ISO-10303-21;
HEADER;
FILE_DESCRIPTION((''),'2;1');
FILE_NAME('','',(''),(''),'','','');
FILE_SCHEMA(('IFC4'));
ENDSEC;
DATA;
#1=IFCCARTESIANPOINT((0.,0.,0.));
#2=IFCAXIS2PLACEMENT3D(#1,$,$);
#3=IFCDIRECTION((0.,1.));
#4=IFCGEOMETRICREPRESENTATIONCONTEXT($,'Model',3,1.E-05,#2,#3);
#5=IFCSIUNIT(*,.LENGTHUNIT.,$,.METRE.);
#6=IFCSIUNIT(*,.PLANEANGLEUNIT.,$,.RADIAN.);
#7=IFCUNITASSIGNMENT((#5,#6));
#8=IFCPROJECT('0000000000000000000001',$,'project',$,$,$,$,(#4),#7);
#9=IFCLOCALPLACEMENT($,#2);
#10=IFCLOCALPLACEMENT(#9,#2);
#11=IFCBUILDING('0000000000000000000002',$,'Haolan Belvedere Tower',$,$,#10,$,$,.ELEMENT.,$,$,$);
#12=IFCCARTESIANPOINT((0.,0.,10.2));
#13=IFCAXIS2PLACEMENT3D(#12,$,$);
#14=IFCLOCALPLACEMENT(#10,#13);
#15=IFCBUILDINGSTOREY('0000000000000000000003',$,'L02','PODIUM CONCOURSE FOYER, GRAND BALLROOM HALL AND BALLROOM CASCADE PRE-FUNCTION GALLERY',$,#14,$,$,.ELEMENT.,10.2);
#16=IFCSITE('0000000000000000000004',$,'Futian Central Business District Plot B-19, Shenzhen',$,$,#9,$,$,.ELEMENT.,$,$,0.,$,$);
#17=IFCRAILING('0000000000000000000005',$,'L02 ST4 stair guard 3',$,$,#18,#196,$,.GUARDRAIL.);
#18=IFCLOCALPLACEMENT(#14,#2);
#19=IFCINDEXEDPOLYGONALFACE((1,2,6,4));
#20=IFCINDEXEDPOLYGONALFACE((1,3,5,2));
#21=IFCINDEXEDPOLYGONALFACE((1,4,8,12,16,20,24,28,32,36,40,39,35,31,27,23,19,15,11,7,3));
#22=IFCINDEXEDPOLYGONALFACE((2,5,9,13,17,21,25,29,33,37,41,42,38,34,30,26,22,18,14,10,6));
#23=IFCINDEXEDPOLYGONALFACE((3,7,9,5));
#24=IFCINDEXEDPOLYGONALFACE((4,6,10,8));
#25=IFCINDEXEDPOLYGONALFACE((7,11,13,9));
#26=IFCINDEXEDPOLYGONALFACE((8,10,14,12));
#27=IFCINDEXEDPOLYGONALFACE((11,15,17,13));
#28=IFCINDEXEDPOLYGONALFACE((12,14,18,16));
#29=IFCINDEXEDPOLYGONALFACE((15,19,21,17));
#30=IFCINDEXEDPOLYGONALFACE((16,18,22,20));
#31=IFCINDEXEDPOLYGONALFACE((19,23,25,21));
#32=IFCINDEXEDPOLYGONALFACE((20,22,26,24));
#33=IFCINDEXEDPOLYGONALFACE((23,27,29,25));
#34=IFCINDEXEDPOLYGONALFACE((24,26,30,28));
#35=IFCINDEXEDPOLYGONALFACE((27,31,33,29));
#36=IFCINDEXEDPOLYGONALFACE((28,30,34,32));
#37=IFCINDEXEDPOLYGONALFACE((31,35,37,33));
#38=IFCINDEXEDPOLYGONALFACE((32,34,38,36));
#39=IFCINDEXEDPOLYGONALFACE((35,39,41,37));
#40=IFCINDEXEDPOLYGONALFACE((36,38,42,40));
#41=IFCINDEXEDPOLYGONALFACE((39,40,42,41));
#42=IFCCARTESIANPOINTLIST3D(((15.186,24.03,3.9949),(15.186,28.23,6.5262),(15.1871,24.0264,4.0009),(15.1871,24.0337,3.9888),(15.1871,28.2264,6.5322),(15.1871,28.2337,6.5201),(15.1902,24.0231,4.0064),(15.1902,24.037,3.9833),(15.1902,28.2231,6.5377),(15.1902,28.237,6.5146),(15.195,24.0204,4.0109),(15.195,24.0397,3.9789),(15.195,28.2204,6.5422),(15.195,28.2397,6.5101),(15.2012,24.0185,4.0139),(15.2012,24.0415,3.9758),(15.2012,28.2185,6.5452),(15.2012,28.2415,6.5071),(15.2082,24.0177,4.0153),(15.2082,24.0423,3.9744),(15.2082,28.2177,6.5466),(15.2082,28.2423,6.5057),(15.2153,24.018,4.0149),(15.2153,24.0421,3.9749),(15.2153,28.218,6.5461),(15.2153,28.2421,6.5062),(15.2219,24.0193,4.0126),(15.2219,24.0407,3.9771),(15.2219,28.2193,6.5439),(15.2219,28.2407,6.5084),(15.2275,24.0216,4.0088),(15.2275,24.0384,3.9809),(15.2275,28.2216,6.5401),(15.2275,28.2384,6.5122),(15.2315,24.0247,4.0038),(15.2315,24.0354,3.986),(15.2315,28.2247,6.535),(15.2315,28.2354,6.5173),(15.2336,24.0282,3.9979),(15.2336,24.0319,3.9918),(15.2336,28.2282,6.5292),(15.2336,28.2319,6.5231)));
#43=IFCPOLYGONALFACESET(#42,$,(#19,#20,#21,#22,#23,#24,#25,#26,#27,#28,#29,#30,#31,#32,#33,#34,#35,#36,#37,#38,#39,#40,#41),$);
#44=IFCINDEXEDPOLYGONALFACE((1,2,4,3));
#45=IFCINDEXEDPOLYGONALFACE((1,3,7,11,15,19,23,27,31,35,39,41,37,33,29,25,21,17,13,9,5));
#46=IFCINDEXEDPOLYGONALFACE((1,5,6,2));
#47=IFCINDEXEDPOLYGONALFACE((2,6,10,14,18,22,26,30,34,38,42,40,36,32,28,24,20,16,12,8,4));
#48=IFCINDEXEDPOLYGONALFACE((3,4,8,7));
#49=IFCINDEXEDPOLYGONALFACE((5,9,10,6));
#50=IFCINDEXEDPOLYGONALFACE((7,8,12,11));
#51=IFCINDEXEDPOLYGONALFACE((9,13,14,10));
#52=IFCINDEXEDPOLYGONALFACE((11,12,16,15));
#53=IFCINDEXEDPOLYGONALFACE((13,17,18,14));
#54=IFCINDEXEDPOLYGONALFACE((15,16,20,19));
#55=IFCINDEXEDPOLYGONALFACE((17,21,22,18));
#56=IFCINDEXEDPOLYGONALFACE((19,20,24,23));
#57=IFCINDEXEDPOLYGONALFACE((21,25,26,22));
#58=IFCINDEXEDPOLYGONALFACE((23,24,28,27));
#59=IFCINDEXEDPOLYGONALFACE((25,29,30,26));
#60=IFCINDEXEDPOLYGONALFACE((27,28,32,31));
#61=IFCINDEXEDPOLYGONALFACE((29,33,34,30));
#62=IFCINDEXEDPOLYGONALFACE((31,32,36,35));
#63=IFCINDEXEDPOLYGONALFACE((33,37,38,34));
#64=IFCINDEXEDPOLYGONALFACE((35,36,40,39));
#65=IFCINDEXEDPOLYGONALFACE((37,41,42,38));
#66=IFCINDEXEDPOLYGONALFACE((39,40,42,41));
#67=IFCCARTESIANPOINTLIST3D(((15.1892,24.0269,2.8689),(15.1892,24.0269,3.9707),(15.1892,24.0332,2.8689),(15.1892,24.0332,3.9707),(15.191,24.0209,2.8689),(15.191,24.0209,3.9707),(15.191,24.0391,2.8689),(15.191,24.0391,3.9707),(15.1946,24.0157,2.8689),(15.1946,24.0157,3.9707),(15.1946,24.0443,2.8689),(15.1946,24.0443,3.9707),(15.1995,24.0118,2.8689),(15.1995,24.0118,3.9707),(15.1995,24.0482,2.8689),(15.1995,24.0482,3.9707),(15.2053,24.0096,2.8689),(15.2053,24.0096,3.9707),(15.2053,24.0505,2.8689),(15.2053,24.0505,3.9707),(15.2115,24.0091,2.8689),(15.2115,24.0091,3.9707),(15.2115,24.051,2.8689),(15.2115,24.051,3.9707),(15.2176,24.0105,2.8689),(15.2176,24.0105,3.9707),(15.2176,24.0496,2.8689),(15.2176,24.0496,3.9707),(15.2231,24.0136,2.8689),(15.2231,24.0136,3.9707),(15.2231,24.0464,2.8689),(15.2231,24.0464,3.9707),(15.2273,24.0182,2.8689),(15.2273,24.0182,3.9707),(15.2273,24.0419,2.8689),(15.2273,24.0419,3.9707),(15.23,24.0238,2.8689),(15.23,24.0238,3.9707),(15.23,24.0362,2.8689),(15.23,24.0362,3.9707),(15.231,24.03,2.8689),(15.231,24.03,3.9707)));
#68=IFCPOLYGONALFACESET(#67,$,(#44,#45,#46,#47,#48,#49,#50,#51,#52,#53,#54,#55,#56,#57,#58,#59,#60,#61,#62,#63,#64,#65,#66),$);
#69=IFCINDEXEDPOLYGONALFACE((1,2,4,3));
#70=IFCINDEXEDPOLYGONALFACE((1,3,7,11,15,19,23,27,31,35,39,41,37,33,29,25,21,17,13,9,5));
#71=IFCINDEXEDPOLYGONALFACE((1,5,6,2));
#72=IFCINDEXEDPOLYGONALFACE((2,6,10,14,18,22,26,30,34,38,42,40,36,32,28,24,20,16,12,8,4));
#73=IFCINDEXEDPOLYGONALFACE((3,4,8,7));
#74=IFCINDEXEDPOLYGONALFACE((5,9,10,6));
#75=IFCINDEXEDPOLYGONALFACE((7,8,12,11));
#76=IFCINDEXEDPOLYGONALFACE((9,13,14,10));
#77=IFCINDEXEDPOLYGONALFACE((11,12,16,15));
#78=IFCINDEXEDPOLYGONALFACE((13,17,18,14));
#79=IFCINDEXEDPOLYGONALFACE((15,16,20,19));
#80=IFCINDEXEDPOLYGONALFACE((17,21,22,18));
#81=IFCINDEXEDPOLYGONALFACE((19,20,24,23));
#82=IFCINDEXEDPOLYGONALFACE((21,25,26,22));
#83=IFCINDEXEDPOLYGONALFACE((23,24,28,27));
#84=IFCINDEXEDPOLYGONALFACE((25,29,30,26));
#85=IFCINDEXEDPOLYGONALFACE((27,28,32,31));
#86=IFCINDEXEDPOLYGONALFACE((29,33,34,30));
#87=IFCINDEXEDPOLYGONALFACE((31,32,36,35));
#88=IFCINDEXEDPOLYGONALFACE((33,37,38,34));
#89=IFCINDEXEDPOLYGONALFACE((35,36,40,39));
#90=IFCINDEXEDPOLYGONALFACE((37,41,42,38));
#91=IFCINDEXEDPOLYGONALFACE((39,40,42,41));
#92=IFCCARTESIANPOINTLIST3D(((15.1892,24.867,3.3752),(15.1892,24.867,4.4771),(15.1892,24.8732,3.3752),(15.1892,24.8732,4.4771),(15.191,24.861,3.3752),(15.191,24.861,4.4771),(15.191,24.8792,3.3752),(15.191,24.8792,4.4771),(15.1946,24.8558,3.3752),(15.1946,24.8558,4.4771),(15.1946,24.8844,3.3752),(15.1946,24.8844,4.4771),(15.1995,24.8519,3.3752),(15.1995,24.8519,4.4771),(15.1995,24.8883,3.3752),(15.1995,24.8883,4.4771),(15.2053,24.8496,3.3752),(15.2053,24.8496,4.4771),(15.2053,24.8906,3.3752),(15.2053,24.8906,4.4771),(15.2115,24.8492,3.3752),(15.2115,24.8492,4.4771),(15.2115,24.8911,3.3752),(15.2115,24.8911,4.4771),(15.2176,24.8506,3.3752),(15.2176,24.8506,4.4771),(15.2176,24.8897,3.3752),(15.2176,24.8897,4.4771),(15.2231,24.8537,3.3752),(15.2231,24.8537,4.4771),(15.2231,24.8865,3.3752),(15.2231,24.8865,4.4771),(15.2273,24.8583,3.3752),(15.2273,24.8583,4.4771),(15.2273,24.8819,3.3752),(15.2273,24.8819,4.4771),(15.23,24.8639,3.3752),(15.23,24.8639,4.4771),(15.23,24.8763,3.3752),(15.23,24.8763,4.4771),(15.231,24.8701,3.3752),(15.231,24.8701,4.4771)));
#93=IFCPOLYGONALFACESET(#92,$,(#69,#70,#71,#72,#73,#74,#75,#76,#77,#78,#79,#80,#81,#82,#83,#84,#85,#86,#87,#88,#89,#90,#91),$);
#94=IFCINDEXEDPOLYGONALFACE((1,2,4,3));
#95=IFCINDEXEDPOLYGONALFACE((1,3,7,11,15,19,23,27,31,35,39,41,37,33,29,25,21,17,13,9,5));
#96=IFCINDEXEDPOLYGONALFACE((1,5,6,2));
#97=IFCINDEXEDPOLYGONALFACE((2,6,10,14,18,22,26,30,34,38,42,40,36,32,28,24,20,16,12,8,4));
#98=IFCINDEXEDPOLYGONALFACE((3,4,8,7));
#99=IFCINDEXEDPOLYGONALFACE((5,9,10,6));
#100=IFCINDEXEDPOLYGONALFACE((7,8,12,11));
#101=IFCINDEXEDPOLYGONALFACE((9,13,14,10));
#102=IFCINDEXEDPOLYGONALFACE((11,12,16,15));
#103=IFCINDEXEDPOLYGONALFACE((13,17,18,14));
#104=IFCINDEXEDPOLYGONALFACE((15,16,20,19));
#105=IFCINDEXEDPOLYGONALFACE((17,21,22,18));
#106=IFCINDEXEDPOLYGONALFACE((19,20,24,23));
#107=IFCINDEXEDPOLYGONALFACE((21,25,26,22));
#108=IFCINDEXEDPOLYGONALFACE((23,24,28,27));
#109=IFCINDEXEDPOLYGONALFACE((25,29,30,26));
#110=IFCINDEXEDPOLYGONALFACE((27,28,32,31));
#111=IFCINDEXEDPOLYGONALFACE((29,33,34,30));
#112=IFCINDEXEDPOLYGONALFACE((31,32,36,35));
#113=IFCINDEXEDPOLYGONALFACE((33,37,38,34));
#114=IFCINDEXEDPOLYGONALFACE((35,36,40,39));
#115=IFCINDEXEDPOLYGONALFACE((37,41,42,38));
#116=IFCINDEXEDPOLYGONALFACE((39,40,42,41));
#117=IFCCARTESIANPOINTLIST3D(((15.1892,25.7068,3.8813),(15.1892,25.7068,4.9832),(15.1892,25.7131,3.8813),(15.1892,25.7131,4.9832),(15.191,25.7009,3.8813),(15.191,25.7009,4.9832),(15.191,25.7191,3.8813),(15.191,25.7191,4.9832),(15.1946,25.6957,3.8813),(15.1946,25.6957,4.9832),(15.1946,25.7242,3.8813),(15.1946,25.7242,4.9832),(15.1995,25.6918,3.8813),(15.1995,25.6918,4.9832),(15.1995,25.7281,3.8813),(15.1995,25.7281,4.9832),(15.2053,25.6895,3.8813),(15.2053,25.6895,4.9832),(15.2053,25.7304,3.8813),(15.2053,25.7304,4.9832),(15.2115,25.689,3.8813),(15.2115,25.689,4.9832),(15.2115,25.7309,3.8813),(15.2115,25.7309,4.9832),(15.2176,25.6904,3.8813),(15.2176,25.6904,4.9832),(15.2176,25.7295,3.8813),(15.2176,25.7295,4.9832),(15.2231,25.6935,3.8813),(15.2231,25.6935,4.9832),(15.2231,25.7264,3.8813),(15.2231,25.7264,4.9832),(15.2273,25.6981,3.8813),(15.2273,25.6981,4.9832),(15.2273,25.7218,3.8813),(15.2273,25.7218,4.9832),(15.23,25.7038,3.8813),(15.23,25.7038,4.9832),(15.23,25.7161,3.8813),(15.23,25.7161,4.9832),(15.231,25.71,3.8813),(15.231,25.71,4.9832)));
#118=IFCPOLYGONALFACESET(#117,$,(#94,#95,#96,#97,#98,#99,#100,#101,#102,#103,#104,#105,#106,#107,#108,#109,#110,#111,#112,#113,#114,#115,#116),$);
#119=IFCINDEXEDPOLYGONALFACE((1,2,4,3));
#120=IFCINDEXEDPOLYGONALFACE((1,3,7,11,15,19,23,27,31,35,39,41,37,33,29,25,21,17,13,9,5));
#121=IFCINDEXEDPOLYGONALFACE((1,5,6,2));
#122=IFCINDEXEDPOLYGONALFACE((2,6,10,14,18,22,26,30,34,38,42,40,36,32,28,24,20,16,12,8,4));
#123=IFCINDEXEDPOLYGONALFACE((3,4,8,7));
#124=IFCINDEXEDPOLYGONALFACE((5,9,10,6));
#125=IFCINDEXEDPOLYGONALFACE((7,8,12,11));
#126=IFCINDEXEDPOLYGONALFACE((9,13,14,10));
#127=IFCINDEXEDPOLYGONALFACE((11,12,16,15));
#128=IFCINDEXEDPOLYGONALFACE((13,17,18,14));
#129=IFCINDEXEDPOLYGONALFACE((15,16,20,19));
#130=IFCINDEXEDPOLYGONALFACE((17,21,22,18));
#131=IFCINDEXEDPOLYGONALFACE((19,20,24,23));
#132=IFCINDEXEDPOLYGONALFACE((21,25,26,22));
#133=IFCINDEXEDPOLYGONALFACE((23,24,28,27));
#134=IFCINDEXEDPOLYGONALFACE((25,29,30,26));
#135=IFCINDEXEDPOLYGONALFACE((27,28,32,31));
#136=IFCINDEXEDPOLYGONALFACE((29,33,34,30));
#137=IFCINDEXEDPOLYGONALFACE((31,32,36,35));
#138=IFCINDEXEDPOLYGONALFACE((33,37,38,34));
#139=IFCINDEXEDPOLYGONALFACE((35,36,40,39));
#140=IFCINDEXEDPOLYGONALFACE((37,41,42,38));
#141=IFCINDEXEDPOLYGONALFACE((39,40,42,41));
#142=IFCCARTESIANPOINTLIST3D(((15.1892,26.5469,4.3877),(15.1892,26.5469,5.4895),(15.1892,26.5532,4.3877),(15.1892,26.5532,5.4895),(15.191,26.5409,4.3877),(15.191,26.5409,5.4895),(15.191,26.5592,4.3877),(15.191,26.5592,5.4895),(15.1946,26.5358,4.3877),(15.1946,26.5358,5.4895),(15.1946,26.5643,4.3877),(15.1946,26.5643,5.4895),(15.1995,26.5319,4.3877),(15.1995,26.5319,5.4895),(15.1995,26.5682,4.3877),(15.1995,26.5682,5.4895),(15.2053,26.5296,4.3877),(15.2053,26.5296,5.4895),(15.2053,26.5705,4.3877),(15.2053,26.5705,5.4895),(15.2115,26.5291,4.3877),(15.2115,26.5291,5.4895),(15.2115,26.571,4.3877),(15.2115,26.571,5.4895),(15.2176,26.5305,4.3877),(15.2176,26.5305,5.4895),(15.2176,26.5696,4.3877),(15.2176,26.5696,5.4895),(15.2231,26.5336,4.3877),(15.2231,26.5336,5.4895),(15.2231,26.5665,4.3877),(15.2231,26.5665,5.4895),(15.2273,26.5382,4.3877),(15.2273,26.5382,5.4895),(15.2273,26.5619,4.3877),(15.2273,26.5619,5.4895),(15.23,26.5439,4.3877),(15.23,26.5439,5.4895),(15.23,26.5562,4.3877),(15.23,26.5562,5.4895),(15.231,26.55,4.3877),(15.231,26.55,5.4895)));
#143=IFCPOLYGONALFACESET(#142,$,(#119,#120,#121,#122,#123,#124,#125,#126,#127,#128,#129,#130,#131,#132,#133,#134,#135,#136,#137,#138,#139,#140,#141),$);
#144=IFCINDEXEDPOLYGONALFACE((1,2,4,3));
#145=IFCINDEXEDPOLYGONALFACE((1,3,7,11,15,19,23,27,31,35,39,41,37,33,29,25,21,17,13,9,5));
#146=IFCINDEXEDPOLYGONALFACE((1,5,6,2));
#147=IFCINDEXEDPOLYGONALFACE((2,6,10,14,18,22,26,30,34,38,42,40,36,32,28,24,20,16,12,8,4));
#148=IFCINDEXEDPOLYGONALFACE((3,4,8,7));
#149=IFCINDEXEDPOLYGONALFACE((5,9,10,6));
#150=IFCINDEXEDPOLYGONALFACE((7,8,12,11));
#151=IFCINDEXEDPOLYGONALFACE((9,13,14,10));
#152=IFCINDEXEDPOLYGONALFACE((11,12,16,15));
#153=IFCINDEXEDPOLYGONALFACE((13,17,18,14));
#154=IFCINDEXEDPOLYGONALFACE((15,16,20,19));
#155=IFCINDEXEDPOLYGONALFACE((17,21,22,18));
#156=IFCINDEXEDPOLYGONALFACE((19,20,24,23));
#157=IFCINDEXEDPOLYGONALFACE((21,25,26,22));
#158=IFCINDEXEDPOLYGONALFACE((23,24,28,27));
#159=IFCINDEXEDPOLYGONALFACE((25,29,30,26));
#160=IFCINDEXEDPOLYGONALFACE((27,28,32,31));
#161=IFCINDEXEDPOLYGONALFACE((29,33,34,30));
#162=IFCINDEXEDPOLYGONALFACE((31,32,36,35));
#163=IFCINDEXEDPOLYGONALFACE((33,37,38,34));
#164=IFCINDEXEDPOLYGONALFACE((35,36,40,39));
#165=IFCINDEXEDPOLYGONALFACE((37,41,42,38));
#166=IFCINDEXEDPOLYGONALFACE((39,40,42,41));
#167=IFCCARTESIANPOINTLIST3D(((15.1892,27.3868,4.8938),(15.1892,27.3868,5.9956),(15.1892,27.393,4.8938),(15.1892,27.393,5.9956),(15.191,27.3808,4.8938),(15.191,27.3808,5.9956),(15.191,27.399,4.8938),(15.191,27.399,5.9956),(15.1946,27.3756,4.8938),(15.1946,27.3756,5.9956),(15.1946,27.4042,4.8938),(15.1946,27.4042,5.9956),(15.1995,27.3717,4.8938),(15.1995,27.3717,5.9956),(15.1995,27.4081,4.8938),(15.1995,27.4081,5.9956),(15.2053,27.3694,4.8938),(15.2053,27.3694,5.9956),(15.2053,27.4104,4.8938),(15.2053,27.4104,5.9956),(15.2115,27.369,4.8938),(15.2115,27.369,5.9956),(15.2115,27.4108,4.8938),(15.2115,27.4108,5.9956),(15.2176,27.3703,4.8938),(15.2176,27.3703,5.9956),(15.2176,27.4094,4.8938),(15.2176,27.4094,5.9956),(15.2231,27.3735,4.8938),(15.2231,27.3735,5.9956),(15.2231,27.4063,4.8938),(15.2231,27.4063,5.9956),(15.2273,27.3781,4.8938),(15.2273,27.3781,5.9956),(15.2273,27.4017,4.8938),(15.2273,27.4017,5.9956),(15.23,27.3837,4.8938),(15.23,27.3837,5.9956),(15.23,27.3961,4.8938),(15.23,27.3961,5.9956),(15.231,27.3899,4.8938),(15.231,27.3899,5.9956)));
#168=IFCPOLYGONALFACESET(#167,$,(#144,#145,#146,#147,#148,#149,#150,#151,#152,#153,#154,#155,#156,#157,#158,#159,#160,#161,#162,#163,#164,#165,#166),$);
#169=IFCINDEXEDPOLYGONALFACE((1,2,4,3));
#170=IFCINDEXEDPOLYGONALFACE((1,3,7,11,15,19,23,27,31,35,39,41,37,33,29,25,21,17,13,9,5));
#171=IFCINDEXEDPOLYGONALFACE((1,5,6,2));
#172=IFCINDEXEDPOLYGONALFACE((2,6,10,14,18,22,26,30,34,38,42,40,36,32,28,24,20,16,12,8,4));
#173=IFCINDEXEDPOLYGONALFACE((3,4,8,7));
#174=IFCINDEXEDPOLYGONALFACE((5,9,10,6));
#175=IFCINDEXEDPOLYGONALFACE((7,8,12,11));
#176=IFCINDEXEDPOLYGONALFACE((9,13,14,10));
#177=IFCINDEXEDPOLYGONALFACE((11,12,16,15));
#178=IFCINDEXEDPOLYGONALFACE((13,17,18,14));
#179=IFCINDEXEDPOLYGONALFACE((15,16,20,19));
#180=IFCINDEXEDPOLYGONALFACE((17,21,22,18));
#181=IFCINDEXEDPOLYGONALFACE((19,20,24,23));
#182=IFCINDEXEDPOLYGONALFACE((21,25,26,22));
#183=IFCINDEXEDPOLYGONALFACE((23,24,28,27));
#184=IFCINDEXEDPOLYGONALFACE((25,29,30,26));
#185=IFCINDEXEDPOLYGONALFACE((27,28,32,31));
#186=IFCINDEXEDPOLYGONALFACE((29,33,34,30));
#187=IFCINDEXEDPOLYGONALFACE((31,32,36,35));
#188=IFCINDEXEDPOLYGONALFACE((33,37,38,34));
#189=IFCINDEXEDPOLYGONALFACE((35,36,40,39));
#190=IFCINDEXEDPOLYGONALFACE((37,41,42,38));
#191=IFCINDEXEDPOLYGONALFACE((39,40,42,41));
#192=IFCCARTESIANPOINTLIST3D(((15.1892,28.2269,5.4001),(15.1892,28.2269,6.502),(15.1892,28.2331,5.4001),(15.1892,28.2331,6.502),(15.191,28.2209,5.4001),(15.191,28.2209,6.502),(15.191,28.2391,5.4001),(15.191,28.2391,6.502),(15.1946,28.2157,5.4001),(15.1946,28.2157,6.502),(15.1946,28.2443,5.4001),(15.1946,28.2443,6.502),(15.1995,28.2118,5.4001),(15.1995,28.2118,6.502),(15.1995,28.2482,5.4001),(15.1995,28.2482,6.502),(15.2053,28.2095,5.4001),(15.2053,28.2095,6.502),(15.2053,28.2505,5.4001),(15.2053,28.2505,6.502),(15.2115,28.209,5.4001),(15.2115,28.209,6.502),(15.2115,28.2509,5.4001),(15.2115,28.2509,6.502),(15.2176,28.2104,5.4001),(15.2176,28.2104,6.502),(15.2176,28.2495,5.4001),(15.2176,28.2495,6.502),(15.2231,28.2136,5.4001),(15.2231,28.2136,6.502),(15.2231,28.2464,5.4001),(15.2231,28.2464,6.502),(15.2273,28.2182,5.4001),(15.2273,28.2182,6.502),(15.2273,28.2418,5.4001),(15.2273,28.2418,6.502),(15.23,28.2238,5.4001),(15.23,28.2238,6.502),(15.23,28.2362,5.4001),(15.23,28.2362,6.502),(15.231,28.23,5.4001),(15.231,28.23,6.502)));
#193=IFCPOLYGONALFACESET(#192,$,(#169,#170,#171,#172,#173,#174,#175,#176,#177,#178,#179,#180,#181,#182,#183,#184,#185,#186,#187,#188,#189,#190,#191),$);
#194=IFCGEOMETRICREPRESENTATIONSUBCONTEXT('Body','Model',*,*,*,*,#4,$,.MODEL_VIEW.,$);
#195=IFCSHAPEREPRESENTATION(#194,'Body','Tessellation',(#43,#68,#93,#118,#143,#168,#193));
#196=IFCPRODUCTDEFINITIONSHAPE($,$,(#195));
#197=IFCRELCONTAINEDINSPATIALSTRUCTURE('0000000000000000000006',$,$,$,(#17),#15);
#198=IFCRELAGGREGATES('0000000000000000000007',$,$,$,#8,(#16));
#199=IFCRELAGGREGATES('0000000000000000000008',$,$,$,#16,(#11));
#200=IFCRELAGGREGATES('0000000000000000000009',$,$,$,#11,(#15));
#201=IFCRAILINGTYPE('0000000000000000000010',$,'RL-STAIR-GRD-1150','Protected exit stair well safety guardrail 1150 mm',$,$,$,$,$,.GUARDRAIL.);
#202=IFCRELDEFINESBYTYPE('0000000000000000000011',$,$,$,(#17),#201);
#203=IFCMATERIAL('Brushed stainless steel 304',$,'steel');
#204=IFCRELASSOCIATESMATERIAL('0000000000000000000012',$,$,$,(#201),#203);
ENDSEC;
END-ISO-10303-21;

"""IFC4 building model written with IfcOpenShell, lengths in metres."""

from ifc_helpers import new_model, si_unit, direction, frame, origin, origin_2d, place, context, subcontext, project, spatial, circle, extrude, material, type_object, element, save


model = new_model("IFC4")

# Units and contexts
model_context = context("Model", 3, precision=1e-05, world=origin(), true_north=direction((0.0, 1.0)))
body_context = subcontext(model_context, "Body", "Model", "MODEL_VIEW")
ifc_project = project(units=[si_unit("LENGTHUNIT", "METRE"), si_unit("PLANEANGLEUNIT", "RADIAN")], contexts=[model_context])

# Site, building, storey
site_placement = place(None, origin())
site = spatial("IfcSite", under=ifc_project, at=site_placement, Name="Futian Central Business District Plot B-19, Shenzhen", CompositionType="ELEMENT", RefElevation=0.0)
building_placement = place(site_placement, origin())
building = spatial("IfcBuilding", under=site, at=building_placement, Name="Haolan Belvedere Tower", CompositionType="ELEMENT")
storey_placement = place(building_placement, frame((0.0, 0.0, 10.2)))
storey = spatial("IfcBuildingStorey", under=building, at=storey_placement, Name="L02", Description="PODIUM CONCOURSE FOYER, GRAND BALLROOM HALL AND BALLROOM CASCADE PRE-FUNCTION GALLERY", CompositionType="ELEMENT", Elevation=10.2)

# Railing
ifc_material_1 = material(Name="Brushed stainless steel 304", Category="steel")
railing_type_1 = type_object("IfcRailingType", Name="RL-STAIR-GRD-1150", Description="Protected exit stair well safety guardrail 1150 mm", PredefinedType="GUARDRAIL", material=ifc_material_1)
railing_1_placement = place(storey_placement, frame((15.21, 24.03, 2.8689)))
element("IfcRailing", 1, at=railing_1_placement, inside=storey, type_object=railing_type_1, Name="L02 ST4 stair guard 3", PredefinedType="GUARDRAIL", context=body_context, shape_type="SweptSolid", body=[
    extrude(circle(Radius=0.0239, at=origin_2d()), frame((0.0, 0.0, 1.126), z_axis=(0.0, 0.856476, 0.516186), x_axis=(-1.0, 0.0, 0.0)), (0.0, 0.0, 1.0), 4.9038),
    extrude(circle(Radius=0.021, at=origin_2d()), origin(), (0.0, 0.0, 1.0), 1.1018),
    extrude(circle(Radius=0.021, at=origin_2d()), frame((0.0, 0.8401, 0.5063)), (0.0, 0.0, 1.0), 1.1018),
    extrude(circle(Radius=0.021, at=origin_2d()), frame((0.0, 1.6799, 1.0125)), (0.0, 0.0, 1.0), 1.1018),
    extrude(circle(Radius=0.021, at=origin_2d()), frame((0.0, 2.52, 1.5188)), (0.0, 0.0, 1.0), 1.1018),
    extrude(circle(Radius=0.021, at=origin_2d()), frame((0.0, 3.3599, 2.0249)), (0.0, 0.0, 1.0), 1.1018),
    extrude(circle(Radius=0.021, at=origin_2d()), frame((0.0, 4.2, 2.5312)), (0.0, 0.0, 1.0), 1.1018),
])

save(model, "model.ifc")
